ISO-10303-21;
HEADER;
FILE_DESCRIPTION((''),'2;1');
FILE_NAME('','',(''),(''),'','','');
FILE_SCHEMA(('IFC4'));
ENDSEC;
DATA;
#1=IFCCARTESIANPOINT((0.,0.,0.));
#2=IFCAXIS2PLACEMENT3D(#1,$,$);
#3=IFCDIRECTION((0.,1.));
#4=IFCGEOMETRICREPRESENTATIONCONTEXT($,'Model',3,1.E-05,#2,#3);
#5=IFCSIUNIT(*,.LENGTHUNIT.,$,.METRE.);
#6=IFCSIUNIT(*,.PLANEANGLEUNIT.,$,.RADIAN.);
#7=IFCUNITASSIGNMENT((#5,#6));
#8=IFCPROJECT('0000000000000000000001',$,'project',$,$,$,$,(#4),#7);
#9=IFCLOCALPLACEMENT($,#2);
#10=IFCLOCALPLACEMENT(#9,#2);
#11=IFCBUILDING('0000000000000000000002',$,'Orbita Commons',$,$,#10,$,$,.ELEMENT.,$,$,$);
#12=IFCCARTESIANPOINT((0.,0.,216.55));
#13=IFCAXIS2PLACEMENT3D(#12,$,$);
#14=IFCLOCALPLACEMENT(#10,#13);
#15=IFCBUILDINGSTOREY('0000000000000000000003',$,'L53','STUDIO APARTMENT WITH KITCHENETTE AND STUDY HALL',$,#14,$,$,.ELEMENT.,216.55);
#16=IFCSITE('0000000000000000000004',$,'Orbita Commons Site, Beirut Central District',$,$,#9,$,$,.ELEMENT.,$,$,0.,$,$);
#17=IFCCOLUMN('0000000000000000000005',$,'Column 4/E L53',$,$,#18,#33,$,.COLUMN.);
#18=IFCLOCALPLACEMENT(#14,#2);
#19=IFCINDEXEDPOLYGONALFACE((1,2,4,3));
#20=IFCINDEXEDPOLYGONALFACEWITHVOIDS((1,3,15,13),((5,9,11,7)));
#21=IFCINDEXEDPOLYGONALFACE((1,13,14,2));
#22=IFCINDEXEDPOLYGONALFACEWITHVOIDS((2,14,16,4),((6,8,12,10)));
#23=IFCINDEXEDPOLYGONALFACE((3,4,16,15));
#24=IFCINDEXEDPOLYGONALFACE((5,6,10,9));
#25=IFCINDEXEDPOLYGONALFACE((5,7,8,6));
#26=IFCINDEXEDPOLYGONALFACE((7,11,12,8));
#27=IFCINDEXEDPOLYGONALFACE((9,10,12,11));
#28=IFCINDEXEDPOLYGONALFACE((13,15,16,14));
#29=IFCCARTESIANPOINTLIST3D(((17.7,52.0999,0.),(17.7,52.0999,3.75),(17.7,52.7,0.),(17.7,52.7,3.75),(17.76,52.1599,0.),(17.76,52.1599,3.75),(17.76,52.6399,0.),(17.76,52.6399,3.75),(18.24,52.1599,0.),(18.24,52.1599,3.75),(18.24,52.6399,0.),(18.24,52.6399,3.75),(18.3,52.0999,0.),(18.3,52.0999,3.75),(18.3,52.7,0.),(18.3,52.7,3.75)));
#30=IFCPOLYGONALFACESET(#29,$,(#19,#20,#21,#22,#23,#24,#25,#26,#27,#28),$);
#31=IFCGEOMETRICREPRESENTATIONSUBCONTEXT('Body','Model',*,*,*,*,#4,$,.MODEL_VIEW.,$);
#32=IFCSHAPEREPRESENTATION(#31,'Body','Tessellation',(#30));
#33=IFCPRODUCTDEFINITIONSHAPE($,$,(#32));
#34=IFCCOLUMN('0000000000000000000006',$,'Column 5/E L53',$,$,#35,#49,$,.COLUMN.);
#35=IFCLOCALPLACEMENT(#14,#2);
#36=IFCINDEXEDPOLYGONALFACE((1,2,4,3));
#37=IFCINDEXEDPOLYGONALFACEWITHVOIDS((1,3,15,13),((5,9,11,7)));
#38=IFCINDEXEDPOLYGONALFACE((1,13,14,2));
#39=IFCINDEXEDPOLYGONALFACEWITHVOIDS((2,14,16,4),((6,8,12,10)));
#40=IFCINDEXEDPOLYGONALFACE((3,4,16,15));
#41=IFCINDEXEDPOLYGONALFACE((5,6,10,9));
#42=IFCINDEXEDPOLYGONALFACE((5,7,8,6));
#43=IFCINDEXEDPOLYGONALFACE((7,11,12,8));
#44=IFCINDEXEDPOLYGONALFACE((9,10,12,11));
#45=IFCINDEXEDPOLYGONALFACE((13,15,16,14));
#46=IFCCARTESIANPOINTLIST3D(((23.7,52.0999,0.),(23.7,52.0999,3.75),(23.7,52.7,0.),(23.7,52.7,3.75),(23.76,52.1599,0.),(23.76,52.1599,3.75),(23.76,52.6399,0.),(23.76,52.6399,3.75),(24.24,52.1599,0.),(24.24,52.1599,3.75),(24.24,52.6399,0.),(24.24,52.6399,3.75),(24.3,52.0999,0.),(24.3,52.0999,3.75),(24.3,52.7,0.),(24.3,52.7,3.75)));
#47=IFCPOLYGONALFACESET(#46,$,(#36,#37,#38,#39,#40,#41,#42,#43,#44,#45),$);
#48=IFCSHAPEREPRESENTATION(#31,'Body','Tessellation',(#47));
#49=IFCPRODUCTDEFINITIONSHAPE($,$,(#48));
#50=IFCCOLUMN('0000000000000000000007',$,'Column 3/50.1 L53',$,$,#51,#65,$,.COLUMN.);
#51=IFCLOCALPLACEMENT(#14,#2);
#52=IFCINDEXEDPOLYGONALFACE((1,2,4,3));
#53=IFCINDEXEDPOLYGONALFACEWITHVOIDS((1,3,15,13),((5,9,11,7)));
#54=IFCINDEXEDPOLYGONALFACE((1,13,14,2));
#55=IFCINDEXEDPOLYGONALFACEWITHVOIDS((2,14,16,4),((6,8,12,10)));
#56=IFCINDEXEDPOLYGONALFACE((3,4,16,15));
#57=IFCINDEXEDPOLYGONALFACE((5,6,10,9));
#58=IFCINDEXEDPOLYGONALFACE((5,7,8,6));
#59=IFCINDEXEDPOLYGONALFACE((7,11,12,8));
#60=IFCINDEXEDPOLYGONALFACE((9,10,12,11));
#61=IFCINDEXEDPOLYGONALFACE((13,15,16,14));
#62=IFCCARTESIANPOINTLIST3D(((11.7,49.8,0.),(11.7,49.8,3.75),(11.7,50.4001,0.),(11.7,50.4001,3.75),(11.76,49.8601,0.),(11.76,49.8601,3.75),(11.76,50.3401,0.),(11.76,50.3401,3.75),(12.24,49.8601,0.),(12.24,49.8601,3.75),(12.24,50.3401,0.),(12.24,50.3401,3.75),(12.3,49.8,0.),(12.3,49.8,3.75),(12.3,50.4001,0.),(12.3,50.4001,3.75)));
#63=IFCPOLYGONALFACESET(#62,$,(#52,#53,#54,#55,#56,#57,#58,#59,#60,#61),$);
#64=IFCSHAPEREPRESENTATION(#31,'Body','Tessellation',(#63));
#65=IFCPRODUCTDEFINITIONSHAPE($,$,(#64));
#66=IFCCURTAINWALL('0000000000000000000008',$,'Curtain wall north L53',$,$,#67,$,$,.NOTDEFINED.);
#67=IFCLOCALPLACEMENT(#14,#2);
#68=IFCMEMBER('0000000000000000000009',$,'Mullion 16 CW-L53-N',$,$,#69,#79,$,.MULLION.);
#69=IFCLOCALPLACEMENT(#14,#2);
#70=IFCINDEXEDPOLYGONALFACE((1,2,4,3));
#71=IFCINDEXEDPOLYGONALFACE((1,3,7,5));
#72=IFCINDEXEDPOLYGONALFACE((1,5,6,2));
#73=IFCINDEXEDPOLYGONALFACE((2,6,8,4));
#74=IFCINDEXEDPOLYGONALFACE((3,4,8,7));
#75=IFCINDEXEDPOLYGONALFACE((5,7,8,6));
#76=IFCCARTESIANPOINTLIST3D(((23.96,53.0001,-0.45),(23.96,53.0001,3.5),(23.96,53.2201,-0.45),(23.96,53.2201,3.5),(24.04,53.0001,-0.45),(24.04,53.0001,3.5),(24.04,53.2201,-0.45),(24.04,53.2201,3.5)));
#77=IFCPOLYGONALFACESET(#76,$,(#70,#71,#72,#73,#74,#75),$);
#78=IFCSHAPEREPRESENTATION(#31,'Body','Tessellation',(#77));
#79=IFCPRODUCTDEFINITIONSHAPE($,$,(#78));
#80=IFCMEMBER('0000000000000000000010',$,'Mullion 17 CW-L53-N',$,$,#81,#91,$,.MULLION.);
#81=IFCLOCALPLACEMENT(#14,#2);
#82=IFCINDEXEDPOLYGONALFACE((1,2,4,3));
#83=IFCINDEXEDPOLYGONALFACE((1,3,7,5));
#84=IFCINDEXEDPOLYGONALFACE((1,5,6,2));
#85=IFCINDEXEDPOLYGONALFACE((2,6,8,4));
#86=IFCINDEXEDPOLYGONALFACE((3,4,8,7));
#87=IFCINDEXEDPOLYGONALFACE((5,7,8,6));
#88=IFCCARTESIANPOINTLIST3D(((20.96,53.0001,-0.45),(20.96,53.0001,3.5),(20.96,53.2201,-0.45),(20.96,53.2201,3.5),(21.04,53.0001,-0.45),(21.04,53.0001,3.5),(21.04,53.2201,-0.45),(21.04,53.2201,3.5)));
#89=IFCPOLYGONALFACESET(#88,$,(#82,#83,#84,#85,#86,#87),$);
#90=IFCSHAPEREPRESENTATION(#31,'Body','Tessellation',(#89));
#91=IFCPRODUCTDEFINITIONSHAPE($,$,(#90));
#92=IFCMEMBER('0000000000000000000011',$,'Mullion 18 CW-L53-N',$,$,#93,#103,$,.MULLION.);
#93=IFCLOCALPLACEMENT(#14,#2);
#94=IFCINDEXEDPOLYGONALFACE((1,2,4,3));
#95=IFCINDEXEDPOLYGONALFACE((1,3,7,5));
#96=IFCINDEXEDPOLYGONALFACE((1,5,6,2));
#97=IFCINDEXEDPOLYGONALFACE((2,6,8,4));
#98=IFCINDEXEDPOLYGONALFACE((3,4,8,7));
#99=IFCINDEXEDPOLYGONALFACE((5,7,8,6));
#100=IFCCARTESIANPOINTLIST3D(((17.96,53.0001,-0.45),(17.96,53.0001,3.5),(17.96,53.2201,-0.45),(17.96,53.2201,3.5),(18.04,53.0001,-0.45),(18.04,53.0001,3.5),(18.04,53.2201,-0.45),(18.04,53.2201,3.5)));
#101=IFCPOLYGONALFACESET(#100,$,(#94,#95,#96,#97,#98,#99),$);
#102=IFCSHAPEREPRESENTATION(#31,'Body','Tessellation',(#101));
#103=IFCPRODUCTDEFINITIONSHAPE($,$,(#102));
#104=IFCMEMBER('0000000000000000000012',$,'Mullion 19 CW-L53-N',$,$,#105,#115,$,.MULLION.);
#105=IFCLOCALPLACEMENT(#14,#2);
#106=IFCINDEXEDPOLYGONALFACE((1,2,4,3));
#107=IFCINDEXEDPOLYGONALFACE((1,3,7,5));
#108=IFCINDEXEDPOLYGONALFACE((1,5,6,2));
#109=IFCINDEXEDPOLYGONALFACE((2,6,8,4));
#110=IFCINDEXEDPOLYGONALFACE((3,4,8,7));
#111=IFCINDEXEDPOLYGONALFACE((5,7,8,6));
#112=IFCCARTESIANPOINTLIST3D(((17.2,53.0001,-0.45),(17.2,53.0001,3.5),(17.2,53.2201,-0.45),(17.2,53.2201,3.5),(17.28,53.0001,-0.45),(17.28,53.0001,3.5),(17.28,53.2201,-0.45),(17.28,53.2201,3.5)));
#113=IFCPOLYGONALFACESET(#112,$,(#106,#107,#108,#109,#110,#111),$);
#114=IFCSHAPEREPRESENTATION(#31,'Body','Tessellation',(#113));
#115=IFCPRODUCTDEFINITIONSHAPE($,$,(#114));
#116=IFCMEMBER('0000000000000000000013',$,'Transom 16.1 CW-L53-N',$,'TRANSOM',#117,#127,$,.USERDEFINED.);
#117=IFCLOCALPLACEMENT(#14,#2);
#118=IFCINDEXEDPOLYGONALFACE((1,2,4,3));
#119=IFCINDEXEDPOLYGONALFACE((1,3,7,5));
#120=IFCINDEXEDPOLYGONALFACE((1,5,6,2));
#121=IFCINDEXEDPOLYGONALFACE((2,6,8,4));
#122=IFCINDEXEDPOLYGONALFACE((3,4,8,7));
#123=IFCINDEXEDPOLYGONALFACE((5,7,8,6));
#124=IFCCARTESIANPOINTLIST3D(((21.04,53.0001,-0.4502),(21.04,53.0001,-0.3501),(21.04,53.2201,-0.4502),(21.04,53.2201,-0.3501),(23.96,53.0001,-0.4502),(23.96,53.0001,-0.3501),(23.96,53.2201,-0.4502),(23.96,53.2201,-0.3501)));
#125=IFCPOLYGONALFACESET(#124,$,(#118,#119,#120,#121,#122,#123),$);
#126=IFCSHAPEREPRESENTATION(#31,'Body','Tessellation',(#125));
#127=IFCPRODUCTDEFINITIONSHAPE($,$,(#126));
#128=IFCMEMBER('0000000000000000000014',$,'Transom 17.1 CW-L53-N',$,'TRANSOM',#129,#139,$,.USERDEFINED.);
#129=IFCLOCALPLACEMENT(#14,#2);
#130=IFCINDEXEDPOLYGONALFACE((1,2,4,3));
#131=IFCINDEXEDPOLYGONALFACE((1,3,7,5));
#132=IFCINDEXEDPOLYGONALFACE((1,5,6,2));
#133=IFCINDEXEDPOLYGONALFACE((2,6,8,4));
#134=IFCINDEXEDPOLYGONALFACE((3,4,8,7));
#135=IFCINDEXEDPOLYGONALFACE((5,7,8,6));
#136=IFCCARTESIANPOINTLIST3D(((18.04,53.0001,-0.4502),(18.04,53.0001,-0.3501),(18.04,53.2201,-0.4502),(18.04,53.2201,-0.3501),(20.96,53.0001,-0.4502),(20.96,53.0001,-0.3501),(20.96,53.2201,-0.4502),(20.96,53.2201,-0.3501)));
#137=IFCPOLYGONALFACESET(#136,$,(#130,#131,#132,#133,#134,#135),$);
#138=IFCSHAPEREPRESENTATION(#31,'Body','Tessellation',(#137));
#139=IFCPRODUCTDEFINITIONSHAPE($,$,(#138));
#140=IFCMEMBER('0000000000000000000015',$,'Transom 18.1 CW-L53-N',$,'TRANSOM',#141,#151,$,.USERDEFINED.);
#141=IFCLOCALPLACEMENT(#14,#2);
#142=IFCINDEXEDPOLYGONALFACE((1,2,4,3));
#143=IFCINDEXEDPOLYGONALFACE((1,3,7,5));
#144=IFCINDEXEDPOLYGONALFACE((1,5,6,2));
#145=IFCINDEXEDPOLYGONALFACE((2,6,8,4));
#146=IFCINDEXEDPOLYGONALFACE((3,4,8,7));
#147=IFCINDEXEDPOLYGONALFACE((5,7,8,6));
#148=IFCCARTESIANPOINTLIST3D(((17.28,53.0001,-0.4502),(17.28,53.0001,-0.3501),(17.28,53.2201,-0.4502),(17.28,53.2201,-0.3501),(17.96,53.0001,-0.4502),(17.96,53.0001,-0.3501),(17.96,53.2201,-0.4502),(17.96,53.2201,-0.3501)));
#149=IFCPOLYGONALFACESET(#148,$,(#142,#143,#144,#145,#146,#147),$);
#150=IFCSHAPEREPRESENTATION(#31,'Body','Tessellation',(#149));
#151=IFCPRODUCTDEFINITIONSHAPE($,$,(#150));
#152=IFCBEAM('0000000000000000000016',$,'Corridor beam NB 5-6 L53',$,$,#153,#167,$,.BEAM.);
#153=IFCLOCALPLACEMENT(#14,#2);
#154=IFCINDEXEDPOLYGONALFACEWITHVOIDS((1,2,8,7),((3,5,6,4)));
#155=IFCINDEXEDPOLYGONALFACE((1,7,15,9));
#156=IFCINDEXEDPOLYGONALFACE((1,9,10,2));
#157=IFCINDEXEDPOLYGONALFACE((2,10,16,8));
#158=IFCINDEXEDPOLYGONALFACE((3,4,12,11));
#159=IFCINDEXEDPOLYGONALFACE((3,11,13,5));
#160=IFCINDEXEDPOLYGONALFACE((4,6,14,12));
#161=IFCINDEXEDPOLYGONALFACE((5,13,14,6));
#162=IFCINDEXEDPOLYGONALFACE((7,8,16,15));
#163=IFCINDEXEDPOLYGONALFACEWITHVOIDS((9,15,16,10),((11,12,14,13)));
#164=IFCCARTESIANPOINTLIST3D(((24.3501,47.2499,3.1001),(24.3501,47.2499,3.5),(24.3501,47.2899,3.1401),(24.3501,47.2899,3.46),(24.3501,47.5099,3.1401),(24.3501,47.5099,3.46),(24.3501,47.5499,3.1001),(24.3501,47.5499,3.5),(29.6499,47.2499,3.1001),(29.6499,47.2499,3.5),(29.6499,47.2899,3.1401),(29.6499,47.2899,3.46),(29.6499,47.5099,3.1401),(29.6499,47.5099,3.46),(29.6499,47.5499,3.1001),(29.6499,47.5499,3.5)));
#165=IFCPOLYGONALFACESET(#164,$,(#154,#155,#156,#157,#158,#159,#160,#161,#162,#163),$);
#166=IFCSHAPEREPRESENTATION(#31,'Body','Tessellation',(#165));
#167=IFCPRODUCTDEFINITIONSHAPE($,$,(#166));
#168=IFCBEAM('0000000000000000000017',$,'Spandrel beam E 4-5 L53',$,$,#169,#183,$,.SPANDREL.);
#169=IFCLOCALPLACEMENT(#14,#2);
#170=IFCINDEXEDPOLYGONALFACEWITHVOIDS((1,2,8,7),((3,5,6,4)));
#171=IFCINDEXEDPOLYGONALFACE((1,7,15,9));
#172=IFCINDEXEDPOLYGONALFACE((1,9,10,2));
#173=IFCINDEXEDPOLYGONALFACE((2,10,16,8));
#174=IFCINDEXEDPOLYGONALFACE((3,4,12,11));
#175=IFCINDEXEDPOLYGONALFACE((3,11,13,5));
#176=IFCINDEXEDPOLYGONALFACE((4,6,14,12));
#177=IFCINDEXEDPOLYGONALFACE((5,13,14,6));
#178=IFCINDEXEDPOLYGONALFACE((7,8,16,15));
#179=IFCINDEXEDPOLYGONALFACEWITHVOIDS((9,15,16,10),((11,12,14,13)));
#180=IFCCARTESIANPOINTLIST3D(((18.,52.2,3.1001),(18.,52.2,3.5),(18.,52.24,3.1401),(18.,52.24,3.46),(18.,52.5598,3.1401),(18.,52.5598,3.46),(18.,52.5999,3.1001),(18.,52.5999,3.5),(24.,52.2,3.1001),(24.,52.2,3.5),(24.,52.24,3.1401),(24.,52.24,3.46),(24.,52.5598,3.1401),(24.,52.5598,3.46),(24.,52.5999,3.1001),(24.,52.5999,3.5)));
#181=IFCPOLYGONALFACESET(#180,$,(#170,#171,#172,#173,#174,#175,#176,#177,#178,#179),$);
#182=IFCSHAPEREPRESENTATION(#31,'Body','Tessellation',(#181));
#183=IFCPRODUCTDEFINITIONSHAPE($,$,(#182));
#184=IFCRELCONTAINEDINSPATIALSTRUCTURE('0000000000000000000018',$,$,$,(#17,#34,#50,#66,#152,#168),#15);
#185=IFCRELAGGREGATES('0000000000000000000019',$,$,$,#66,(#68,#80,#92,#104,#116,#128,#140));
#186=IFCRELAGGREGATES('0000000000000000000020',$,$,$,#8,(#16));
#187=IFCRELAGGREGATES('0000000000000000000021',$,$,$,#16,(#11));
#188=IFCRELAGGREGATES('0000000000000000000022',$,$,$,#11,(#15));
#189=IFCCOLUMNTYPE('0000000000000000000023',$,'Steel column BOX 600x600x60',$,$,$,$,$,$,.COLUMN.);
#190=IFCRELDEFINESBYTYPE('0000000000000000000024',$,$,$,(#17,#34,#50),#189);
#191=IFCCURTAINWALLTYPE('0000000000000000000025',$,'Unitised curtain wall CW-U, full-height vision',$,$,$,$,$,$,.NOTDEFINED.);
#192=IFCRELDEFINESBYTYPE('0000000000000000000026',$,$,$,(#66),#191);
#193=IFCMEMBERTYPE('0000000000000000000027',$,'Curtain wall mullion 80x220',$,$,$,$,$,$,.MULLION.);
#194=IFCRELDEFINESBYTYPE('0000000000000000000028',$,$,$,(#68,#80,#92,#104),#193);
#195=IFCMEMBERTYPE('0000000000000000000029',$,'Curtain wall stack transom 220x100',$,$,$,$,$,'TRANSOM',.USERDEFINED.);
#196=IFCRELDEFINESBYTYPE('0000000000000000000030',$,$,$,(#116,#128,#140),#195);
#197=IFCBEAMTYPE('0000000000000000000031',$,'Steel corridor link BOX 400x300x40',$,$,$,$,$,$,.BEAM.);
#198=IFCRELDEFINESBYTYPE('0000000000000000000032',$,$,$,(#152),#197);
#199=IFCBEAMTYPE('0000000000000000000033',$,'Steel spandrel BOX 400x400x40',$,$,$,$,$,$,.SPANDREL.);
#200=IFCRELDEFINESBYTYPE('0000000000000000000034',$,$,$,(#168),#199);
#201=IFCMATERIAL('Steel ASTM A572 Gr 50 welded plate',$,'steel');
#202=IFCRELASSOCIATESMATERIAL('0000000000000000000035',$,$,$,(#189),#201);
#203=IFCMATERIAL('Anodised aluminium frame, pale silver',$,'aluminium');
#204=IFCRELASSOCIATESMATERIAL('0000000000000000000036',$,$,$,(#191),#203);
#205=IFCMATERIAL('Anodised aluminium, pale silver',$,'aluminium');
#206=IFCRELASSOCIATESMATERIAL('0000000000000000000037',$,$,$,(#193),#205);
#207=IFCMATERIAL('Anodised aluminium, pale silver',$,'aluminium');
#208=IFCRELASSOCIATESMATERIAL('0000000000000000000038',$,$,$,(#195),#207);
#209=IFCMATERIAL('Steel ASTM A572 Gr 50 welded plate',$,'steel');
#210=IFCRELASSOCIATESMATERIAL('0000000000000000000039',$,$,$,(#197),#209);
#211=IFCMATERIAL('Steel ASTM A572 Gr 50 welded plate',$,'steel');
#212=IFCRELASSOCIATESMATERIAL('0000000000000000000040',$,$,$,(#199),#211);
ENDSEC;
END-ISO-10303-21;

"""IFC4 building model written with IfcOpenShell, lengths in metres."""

from ifc_helpers import new_model, si_unit, direction, frame, origin, origin_2d, place, context, subcontext, project, spatial, rectangle, hollow_rectangle, extrude, material, material_profile, profile_set, type_object, element, aggregate, save


model = new_model("IFC4")

# Units and contexts
model_context = context("Model", 3, precision=1e-05, world=origin(), true_north=direction((0.0, 1.0)))
body_context = subcontext(model_context, "Body", "Model", "MODEL_VIEW")
ifc_project = project(units=[si_unit("LENGTHUNIT", "METRE"), si_unit("PLANEANGLEUNIT", "RADIAN")], contexts=[model_context])

# Site, building, storey
site_placement = place(None, origin())
site = spatial("IfcSite", under=ifc_project, at=site_placement, Name="Orbita Commons Site, Beirut Central District", CompositionType="ELEMENT", RefElevation=0.0)
building_placement = place(site_placement, origin())
building = spatial("IfcBuilding", under=site, at=building_placement, Name="Orbita Commons", CompositionType="ELEMENT")
storey_placement = place(building_placement, frame((0.0, 0.0, 216.55)))
storey = spatial("IfcBuildingStorey", under=building, at=storey_placement, Name="L53", Description="STUDIO APARTMENT WITH KITCHENETTE AND STUDY HALL", CompositionType="ELEMENT", Elevation=216.55)

# Columns
ifc_material_1 = material(Name="Steel ASTM A572 Gr 50 welded plate", Category="steel")
ifc_material_profile_1 = material_profile(ifc_material_1, hollow_rectangle(XDim=0.6001, YDim=0.6001, WallThickness=0.0601, at=origin_2d()), Name="BOX 600x600x60")
ifc_profile_set_1 = profile_set([ifc_material_profile_1], Name="Steel ASTM A572 Gr 50 welded plate")
column_type = type_object("IfcColumnType", Name="Steel column BOX 600x600x60", PredefinedType="COLUMN", material=ifc_profile_set_1)
for number, where, z_axis, x_axis, name in (
    (1, (18.0, 52.3999, 0.0), (0.0, 0.0, 1.0), (1.0, 0.0, 0.0), "Column 4/E L53"),
    (2, (24.0, 52.3999, 0.0), (0.0, 0.0, 1.0), (1.0, 0.0, 0.0), "Column 5/E L53"),
    (3, (12.0, 50.1001, 0.0), (0.0, 0.0, 1.0), (1.0, 0.0, 0.0), "Column 3/50.1 L53"),
):
    element("IfcColumn", number, at=place(storey_placement, frame(where, z_axis=z_axis, x_axis=x_axis)), inside=storey, type_object=column_type, Name=name, PredefinedType="COLUMN", context=body_context, shape_type="SweptSolid", body=[
        extrude(hollow_rectangle(XDim=0.6001, YDim=0.6001, WallThickness=0.0601, at=origin_2d()), origin(), (0.0, 0.0, 1.0), 3.75),
    ])

# Curtain wall, members
ifc_material_2 = material(Name="Anodised aluminium frame, pale silver", Category="aluminium")
curtain_wall_type = type_object("IfcCurtainWallType", Name="Unitised curtain wall CW-U, full-height vision", PredefinedType="NOTDEFINED", material=ifc_material_2)
curtain_wall_placement = place(storey_placement, origin())
curtain_wall = element("IfcCurtainWall", 4, at=curtain_wall_placement, inside=storey, type_object=curtain_wall_type, Name="Curtain wall north L53", PredefinedType="NOTDEFINED")
ifc_material_3 = material(Name="Anodised aluminium, pale silver", Category="aluminium")
ifc_material_profile_2 = material_profile(ifc_material_3, rectangle(XDim=0.0801, YDim=0.22, at=origin_2d()), Name="AL 80x220")
ifc_profile_set_2 = profile_set([ifc_material_profile_2], Name="Anodised aluminium, pale silver")
member_type_1 = type_object("IfcMemberType", Name="Curtain wall mullion 80x220", PredefinedType="MULLION", material=ifc_profile_set_2)
member_1_placement = place(storey_placement, frame((24.0, 53.1101, -0.45), z_axis=(0.0, 0.0, 1.0), x_axis=(-1.0, 0.0, 0.0)))
member_1 = element("IfcMember", 5, at=member_1_placement, type_object=member_type_1, Name="Mullion 16 CW-L53-N", PredefinedType="MULLION", context=body_context, shape_type="SweptSolid", body=[
    extrude(rectangle(XDim=0.0801, YDim=0.22, at=origin_2d()), origin(), (0.0, 0.0, 1.0), 3.95),
])
member_2_placement = place(storey_placement, frame((21.0, 53.1101, -0.45), z_axis=(0.0, 0.0, 1.0), x_axis=(-1.0, 0.0, 0.0)))
member_2 = element("IfcMember", 6, at=member_2_placement, type_object=member_type_1, Name="Mullion 17 CW-L53-N", PredefinedType="MULLION", context=body_context, shape_type="SweptSolid", body=[
    extrude(rectangle(XDim=0.0801, YDim=0.22, at=origin_2d()), origin(), (0.0, 0.0, 1.0), 3.95),
])
member_3_placement = place(storey_placement, frame((18.0, 53.1101, -0.45), z_axis=(0.0, 0.0, 1.0), x_axis=(-1.0, 0.0, 0.0)))
member_3 = element("IfcMember", 7, at=member_3_placement, type_object=member_type_1, Name="Mullion 18 CW-L53-N", PredefinedType="MULLION", context=body_context, shape_type="SweptSolid", body=[
    extrude(rectangle(XDim=0.0801, YDim=0.22, at=origin_2d()), origin(), (0.0, 0.0, 1.0), 3.95),
])
member_4_placement = place(storey_placement, frame((17.24, 53.1101, -0.45), z_axis=(0.0, 0.0, 1.0), x_axis=(-1.0, 0.0, 0.0)))
member_4 = element("IfcMember", 8, at=member_4_placement, type_object=member_type_1, Name="Mullion 19 CW-L53-N", PredefinedType="MULLION", context=body_context, shape_type="SweptSolid", body=[
    extrude(rectangle(XDim=0.0801, YDim=0.22, at=origin_2d()), origin(), (0.0, 0.0, 1.0), 3.95),
])
ifc_material_4 = material(Name="Anodised aluminium, pale silver", Category="aluminium")
ifc_material_profile_3 = material_profile(ifc_material_4, rectangle(XDim=0.22, YDim=0.1001, at=origin_2d()), Name="AL 220x100")
ifc_profile_set_3 = profile_set([ifc_material_profile_3], Name="Anodised aluminium, pale silver")
member_type_2 = type_object("IfcMemberType", Name="Curtain wall stack transom 220x100", ElementType="TRANSOM", PredefinedType="USERDEFINED", material=ifc_profile_set_3)
member_5_placement = place(storey_placement, frame((23.96, 53.1101, -0.4001), z_axis=(-1.0, 0.0, 0.0), x_axis=(0.0, -1.0, 0.0)))
member_5 = element("IfcMember", 9, at=member_5_placement, type_object=member_type_2, Name="Transom 16.1 CW-L53-N", ObjectType="TRANSOM", PredefinedType="USERDEFINED", context=body_context, shape_type="SweptSolid", body=[
    extrude(rectangle(XDim=0.22, YDim=0.1001, at=origin_2d()), origin(), (0.0, 0.0, 1.0), 2.9199),
])
member_6_placement = place(storey_placement, frame((20.96, 53.1101, -0.4001), z_axis=(-1.0, 0.0, 0.0), x_axis=(0.0, -1.0, 0.0)))
member_6 = element("IfcMember", 10, at=member_6_placement, type_object=member_type_2, Name="Transom 17.1 CW-L53-N", ObjectType="TRANSOM", PredefinedType="USERDEFINED", context=body_context, shape_type="SweptSolid", body=[
    extrude(rectangle(XDim=0.22, YDim=0.1001, at=origin_2d()), origin(), (0.0, 0.0, 1.0), 2.9199),
])
member_7_placement = place(storey_placement, frame((17.96, 53.1101, -0.4001), z_axis=(-1.0, 0.0, 0.0), x_axis=(0.0, -1.0, 0.0)))
member_7 = element("IfcMember", 11, at=member_7_placement, type_object=member_type_2, Name="Transom 18.1 CW-L53-N", ObjectType="TRANSOM", PredefinedType="USERDEFINED", context=body_context, shape_type="SweptSolid", body=[
    extrude(rectangle(XDim=0.22, YDim=0.1001, at=origin_2d()), origin(), (0.0, 0.0, 1.0), 0.6799),
])

# Beams
ifc_material_5 = material(Name="Steel ASTM A572 Gr 50 welded plate", Category="steel")
ifc_material_profile_4 = material_profile(ifc_material_5, hollow_rectangle(XDim=0.3, YDim=0.3999, WallThickness=0.04, at=origin_2d()), Name="BOX 400x300x40")
ifc_profile_set_4 = profile_set([ifc_material_profile_4], Name="Steel ASTM A572 Gr 50 welded plate")
beam_type_1 = type_object("IfcBeamType", Name="Steel corridor link BOX 400x300x40", PredefinedType="BEAM", material=ifc_profile_set_4)
beam_placement = place(storey_placement, frame((24.3501, 47.3999, 3.3), z_axis=(1.0, 0.0, 0.0), x_axis=(0.0, 1.0, 0.0)))
element("IfcBeam", 12, at=beam_placement, inside=storey, type_object=beam_type_1, Name="Corridor beam NB 5-6 L53", PredefinedType="BEAM", context=body_context, shape_type="SweptSolid", body=[
    extrude(hollow_rectangle(XDim=0.3, YDim=0.3999, WallThickness=0.04, at=origin_2d()), origin(), (0.0, 0.0, 1.0), 5.2998),
])
ifc_material_6 = material(Name="Steel ASTM A572 Gr 50 welded plate", Category="steel")
ifc_material_profile_5 = material_profile(ifc_material_6, hollow_rectangle(XDim=0.3999, YDim=0.3999, WallThickness=0.04, at=origin_2d()), Name="BOX 400x400x40")
ifc_profile_set_5 = profile_set([ifc_material_profile_5], Name="Steel ASTM A572 Gr 50 welded plate")
beam_type_2 = type_object("IfcBeamType", Name="Steel spandrel BOX 400x400x40", PredefinedType="SPANDREL", material=ifc_profile_set_5)
for number, where, z_axis, x_axis, name in (
    (13, (18.0, 52.3999, 3.3), (1.0, 0.0, 0.0), (0.0, 1.0, 0.0), "Spandrel beam E 4-5 L53"),
):
    element("IfcBeam", number, at=place(storey_placement, frame(where, z_axis=z_axis, x_axis=x_axis)), inside=storey, type_object=beam_type_2, Name=name, PredefinedType="SPANDREL", context=body_context, shape_type="SweptSolid", body=[
        extrude(hollow_rectangle(XDim=0.3999, YDim=0.3999, WallThickness=0.04, at=origin_2d()), origin(), (0.0, 0.0, 1.0), 6.0),
    ])

aggregate(curtain_wall, [member_1, member_2, member_3, member_4, member_5, member_6, member_7])

save(model, "model.ifc")
